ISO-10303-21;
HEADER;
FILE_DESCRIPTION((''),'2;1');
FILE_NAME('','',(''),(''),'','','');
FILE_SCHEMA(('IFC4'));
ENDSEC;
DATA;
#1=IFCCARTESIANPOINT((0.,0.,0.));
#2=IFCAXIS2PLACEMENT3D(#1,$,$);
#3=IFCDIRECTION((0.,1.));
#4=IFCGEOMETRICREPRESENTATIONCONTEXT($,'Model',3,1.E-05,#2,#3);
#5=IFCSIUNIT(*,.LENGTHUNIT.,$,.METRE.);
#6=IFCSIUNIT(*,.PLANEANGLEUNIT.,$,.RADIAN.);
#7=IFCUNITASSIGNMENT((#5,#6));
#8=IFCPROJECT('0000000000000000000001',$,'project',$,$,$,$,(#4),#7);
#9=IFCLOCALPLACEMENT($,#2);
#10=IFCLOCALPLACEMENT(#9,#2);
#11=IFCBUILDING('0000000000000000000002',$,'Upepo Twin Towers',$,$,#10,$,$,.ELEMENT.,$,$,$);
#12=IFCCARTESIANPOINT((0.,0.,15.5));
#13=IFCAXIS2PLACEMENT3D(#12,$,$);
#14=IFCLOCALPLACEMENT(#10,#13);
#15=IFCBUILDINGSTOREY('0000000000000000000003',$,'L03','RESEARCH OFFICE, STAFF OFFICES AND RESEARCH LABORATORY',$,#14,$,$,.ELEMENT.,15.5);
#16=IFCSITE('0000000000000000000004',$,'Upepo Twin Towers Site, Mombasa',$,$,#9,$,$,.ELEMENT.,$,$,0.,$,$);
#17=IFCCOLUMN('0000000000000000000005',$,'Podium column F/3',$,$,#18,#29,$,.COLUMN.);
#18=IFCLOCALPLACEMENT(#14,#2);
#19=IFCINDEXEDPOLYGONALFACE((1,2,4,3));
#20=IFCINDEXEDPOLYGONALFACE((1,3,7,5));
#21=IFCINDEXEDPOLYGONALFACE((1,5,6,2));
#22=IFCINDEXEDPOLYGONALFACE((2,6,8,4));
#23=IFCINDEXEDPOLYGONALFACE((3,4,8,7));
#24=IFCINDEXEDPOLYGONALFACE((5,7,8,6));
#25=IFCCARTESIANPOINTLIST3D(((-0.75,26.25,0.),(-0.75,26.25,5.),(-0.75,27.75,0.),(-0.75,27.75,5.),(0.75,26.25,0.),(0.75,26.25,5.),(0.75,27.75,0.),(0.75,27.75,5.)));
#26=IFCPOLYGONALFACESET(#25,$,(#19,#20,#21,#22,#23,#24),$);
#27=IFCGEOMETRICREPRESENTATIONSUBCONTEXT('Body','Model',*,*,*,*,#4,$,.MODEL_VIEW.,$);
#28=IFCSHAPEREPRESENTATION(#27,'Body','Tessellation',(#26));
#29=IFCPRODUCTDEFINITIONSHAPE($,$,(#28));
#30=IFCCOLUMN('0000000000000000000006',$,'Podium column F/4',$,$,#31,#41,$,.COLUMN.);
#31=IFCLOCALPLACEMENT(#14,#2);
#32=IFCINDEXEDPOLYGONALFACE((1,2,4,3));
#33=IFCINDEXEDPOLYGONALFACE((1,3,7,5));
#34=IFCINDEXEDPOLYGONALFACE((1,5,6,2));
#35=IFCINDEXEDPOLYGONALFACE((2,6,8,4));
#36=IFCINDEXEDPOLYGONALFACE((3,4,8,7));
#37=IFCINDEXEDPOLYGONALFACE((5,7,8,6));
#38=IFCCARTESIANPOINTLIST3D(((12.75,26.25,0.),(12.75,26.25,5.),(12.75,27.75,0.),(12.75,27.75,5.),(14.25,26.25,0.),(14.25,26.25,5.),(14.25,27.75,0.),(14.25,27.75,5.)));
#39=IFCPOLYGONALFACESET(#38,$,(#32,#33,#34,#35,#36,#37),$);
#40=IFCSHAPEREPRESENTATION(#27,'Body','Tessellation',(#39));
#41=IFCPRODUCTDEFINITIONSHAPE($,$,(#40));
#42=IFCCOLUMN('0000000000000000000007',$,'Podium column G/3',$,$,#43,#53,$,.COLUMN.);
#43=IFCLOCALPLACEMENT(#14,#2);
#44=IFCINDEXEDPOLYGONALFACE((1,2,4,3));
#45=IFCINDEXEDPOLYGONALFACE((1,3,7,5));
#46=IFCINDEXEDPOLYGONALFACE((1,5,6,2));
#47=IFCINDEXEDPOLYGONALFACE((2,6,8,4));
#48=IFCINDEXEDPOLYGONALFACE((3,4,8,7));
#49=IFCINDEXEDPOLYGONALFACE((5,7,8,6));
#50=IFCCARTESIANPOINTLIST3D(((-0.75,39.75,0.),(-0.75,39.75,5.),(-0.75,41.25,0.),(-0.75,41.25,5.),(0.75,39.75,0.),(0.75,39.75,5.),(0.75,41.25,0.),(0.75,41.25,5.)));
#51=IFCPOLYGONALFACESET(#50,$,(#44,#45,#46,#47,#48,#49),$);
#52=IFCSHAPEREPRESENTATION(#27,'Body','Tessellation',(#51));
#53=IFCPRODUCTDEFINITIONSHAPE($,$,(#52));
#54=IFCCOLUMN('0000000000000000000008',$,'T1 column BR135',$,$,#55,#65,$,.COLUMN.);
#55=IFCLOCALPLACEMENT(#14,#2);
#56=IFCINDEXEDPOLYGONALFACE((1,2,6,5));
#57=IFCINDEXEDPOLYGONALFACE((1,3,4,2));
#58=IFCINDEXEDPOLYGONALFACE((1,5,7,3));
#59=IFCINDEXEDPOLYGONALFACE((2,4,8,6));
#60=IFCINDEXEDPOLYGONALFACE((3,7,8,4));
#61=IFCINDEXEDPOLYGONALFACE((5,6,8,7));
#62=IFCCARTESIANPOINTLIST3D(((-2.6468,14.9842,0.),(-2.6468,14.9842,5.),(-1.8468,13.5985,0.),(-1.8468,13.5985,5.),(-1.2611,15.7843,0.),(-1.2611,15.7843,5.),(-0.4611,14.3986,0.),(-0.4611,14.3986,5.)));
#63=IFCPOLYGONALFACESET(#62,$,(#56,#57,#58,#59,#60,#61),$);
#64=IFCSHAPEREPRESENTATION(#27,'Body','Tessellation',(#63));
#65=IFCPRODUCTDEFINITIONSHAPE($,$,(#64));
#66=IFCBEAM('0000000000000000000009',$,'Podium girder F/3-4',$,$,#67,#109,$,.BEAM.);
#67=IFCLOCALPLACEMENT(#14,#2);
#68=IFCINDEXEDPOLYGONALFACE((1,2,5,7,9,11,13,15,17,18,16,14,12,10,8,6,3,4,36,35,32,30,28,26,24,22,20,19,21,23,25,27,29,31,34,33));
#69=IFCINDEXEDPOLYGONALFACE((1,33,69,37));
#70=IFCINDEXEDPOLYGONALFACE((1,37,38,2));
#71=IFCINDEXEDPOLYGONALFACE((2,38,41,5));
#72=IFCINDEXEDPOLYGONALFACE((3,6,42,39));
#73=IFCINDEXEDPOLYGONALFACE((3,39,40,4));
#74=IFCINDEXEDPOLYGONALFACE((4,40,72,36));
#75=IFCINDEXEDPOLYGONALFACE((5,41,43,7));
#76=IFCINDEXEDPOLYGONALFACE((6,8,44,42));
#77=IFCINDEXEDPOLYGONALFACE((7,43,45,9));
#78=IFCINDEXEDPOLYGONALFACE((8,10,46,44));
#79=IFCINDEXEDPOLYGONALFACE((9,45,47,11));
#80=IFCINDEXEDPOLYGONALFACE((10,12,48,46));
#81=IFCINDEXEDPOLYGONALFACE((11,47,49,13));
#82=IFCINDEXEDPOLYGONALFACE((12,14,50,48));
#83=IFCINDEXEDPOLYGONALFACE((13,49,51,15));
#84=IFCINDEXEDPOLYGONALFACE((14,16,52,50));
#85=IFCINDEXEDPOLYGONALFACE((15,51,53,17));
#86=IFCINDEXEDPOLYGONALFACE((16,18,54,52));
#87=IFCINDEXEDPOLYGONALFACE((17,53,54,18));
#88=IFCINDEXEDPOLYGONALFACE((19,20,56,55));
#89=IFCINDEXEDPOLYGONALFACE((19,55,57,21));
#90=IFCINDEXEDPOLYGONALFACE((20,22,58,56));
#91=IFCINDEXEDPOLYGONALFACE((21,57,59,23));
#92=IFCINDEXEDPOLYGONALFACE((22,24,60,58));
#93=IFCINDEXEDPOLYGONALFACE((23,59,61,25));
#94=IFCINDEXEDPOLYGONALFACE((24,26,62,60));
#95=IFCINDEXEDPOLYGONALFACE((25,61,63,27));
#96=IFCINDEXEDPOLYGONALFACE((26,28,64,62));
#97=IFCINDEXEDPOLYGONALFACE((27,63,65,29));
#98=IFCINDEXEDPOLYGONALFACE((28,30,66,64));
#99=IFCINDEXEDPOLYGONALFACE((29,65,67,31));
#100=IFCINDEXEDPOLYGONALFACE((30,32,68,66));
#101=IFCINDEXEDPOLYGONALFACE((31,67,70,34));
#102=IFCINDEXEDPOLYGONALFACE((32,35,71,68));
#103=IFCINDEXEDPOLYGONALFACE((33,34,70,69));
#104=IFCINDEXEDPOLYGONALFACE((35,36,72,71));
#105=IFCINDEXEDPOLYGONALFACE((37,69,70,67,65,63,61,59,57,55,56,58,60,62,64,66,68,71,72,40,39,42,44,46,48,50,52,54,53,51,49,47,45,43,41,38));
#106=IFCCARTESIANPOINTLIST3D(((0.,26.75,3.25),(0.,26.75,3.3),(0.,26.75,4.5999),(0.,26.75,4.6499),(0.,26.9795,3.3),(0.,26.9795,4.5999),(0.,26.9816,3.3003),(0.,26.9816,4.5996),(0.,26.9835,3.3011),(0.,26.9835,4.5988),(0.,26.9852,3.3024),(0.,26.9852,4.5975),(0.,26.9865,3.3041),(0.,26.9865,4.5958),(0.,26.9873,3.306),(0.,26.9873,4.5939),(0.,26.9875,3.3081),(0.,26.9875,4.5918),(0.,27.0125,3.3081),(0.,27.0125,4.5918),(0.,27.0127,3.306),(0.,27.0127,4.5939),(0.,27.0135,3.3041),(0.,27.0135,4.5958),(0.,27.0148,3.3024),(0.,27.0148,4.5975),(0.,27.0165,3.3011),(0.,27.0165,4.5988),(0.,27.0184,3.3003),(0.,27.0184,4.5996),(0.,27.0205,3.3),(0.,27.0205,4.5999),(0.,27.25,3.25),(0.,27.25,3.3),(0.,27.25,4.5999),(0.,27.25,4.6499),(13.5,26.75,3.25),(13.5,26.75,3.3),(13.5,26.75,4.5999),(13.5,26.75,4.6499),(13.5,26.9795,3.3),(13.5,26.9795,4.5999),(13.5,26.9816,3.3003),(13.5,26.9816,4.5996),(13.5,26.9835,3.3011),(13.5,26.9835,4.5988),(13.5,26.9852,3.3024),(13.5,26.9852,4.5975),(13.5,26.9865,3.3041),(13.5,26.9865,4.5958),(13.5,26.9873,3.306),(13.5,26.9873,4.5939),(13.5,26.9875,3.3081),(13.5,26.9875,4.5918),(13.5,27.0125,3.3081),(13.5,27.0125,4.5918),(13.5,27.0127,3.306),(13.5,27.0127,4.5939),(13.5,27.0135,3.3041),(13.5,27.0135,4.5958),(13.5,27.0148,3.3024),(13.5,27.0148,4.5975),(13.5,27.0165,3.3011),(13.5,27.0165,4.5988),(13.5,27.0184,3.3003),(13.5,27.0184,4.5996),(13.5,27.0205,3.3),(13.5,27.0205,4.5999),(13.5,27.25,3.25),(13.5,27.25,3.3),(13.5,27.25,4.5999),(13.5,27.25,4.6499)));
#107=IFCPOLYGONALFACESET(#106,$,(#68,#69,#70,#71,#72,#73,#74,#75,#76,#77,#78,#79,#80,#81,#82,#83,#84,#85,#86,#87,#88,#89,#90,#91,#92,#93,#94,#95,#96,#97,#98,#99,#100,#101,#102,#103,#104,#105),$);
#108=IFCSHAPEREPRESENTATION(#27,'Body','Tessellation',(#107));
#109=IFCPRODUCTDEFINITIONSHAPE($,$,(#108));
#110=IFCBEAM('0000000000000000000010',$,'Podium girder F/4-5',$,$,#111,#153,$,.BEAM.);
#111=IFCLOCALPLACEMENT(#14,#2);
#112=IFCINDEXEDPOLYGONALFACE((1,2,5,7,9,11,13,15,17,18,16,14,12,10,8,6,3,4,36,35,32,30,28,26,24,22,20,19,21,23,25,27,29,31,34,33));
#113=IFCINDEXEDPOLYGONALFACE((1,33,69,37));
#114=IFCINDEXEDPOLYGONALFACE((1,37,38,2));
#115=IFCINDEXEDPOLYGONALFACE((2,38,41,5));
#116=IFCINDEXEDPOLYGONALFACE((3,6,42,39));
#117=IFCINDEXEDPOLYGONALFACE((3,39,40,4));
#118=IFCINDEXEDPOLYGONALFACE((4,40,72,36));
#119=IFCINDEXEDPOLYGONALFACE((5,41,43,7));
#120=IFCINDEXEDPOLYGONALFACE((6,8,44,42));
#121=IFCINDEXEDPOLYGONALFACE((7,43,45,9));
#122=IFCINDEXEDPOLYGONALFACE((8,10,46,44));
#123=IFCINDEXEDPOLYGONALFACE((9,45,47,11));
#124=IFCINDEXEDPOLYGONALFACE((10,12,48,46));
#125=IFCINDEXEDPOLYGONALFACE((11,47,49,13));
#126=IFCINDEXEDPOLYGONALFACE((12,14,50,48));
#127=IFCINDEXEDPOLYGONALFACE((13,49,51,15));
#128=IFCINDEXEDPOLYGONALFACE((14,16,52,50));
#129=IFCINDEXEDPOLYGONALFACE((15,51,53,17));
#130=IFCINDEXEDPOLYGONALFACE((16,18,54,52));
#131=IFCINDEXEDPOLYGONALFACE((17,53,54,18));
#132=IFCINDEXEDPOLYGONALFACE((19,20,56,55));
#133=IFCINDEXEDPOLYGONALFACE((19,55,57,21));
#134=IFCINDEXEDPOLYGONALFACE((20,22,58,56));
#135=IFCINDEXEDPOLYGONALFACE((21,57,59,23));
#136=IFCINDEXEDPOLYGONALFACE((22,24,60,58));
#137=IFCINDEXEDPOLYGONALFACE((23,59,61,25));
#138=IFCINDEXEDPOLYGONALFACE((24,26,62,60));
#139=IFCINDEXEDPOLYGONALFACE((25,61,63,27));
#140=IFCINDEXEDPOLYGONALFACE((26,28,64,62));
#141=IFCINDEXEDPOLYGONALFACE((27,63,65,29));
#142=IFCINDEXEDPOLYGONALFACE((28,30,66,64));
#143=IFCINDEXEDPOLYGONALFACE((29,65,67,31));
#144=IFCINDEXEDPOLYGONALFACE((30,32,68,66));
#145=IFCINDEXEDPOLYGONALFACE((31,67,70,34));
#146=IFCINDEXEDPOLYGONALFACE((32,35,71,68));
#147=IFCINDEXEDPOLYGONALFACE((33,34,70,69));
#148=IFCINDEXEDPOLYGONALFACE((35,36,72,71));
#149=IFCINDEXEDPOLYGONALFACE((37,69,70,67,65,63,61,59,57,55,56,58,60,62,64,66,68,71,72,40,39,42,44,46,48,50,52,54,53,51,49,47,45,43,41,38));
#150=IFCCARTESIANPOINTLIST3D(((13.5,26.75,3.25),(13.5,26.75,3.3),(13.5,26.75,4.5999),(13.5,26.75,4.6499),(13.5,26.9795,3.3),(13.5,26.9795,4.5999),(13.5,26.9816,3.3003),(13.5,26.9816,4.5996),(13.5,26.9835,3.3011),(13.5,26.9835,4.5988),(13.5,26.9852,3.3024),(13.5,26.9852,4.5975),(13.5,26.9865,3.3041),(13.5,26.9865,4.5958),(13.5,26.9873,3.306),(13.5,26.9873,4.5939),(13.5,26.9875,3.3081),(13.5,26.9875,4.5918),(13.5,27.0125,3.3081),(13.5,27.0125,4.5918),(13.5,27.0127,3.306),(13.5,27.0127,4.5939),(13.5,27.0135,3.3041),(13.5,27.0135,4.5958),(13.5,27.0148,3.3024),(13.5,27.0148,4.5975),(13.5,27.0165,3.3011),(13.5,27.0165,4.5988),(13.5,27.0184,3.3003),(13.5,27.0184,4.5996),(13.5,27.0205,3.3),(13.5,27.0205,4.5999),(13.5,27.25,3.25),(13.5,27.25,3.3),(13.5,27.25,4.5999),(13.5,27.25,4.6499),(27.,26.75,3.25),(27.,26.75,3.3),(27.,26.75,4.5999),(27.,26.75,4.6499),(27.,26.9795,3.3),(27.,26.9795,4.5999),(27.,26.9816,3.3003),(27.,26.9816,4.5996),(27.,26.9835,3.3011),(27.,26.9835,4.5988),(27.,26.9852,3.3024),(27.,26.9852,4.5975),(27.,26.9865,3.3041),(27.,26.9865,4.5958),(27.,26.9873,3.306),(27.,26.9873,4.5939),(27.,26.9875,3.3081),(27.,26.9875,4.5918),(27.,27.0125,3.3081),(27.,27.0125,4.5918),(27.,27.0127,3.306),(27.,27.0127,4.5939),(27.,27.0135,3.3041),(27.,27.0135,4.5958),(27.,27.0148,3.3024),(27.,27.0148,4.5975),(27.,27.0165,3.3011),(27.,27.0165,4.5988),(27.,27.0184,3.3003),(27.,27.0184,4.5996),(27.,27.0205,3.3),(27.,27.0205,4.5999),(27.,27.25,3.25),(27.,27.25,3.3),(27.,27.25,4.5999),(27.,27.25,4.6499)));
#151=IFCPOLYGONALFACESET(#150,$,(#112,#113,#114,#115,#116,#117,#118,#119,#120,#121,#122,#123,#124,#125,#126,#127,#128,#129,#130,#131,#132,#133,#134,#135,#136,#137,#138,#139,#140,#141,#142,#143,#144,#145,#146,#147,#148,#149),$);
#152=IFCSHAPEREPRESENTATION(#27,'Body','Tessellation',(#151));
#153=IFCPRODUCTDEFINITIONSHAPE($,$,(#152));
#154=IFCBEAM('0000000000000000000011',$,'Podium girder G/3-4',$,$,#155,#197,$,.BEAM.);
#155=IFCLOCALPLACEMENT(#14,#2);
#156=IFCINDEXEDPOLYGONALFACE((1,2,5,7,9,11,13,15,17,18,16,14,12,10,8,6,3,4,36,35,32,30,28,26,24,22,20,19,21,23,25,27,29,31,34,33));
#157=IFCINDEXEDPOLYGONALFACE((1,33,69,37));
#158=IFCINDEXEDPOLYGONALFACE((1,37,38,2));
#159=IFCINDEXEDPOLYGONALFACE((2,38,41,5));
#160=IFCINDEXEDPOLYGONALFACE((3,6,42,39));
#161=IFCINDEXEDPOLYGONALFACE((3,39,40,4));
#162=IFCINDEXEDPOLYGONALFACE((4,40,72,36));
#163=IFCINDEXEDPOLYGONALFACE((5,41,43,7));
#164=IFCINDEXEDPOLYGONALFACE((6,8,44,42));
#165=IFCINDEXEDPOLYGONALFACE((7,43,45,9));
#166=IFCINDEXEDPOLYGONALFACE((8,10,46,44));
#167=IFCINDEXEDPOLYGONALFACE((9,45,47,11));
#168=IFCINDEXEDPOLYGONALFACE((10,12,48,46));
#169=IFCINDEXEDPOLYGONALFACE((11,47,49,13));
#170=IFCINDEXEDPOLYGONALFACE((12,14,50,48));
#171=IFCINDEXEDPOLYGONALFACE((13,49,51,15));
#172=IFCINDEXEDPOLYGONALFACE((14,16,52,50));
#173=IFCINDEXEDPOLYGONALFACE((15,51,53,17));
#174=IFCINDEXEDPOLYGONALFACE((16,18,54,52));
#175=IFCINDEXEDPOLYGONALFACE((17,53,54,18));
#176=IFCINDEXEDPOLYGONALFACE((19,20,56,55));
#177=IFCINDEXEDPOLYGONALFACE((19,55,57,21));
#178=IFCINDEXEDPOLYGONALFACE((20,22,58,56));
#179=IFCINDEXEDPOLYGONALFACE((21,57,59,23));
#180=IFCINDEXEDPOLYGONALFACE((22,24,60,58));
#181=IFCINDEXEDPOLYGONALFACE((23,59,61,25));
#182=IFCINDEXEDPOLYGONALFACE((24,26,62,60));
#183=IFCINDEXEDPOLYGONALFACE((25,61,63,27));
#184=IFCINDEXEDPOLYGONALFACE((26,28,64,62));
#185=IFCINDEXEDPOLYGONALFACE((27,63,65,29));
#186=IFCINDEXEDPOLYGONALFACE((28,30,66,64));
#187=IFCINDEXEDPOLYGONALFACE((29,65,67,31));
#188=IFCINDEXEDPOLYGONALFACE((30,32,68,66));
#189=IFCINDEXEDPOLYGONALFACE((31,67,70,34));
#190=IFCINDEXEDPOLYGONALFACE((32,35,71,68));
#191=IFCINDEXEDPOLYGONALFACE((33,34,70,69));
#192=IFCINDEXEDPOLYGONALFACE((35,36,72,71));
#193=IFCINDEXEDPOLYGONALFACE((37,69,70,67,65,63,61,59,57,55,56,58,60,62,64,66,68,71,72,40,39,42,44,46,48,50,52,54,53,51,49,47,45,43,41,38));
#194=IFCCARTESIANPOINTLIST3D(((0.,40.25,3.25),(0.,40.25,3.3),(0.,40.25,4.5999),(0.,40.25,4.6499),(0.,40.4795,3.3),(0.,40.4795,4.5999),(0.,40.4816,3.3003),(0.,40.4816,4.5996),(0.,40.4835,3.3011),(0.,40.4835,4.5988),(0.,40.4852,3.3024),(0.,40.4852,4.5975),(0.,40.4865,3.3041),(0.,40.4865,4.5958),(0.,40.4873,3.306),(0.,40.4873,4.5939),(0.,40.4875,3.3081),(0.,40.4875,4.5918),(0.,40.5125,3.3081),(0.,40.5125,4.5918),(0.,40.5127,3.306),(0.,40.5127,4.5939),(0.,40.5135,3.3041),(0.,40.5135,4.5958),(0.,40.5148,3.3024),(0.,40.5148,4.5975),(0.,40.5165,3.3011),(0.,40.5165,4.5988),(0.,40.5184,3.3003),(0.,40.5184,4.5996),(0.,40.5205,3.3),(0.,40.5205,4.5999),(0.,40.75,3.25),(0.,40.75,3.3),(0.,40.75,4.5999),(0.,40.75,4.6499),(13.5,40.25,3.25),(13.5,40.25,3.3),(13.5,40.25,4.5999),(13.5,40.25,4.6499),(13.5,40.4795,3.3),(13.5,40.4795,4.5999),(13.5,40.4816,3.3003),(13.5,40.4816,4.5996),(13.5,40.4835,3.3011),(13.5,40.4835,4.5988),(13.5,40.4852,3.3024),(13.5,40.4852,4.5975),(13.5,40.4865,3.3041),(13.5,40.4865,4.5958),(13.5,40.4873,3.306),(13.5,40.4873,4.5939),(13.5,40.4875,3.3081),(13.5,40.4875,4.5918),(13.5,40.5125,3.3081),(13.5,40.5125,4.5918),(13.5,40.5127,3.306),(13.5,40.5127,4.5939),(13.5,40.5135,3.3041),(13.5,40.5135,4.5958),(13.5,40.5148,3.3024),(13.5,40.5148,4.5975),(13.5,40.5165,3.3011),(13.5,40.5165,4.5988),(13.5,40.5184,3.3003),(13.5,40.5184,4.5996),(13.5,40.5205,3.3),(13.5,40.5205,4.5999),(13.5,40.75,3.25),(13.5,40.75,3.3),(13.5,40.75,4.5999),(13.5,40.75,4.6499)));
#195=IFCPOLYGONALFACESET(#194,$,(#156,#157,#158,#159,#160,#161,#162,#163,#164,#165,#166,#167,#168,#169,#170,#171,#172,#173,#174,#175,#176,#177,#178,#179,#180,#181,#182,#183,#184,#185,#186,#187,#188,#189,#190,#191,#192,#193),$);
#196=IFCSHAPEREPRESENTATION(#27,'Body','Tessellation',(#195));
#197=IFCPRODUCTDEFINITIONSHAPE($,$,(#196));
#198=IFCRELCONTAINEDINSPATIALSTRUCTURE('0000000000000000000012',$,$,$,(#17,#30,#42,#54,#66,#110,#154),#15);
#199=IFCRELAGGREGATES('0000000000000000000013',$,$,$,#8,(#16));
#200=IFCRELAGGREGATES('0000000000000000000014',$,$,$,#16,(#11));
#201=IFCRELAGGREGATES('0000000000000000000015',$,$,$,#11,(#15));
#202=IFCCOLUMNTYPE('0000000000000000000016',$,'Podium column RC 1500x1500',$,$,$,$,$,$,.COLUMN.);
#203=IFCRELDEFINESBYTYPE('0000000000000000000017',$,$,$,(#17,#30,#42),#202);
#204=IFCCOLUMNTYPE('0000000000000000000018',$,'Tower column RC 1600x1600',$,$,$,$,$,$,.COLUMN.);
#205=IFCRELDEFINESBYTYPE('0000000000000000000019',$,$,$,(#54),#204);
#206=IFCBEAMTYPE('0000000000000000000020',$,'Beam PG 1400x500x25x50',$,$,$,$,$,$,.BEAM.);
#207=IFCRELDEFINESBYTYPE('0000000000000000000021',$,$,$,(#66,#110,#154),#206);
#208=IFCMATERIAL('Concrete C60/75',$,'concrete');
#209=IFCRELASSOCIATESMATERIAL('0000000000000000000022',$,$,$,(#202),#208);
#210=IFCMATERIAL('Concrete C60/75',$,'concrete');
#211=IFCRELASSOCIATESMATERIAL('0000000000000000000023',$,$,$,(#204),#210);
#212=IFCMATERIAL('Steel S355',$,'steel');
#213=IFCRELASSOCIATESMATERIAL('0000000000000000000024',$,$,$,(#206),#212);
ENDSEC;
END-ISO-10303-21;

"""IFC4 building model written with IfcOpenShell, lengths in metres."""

from ifc_helpers import new_model, si_unit, direction, frame, origin, origin_2d, place, context, subcontext, project, spatial, rectangle, i_section, extrude, material, material_profile, profile_set, type_object, element, save


model = new_model("IFC4")

# Units and contexts
model_context = context("Model", 3, precision=1e-05, world=origin(), true_north=direction((0.0, 1.0)))
body_context = subcontext(model_context, "Body", "Model", "MODEL_VIEW")
ifc_project = project(units=[si_unit("LENGTHUNIT", "METRE"), si_unit("PLANEANGLEUNIT", "RADIAN")], contexts=[model_context])

# Site, building, storey
site_placement = place(None, origin())
site = spatial("IfcSite", under=ifc_project, at=site_placement, Name="Upepo Twin Towers Site, Mombasa", CompositionType="ELEMENT", RefElevation=0.0)
building_placement = place(site_placement, origin())
building = spatial("IfcBuilding", under=site, at=building_placement, Name="Upepo Twin Towers", CompositionType="ELEMENT")
storey_placement = place(building_placement, frame((0.0, 0.0, 15.5)))
storey = spatial("IfcBuildingStorey", under=building, at=storey_placement, Name="L03", Description="RESEARCH OFFICE, STAFF OFFICES AND RESEARCH LABORATORY", CompositionType="ELEMENT", Elevation=15.5)

# Columns
ifc_material_1 = material(Name="Concrete C60/75", Category="concrete")
ifc_material_profile_1 = material_profile(ifc_material_1, rectangle(XDim=1.5, YDim=1.5, at=origin_2d()), Name="RC 1500x1500")
ifc_profile_set_1 = profile_set([ifc_material_profile_1], Name="Concrete C60/75")
column_type_1 = type_object("IfcColumnType", Name="Podium column RC 1500x1500", PredefinedType="COLUMN", material=ifc_profile_set_1)
for number, where, z_axis, x_axis, name in (
    (1, (0.0, 27.0, 0.0), (0.0, 0.0, 1.0), (1.0, 0.0, 0.0), "Podium column F/3"),
    (2, (13.5, 27.0, 0.0), (0.0, 0.0, 1.0), (1.0, 0.0, 0.0), "Podium column F/4"),
    (3, (0.0, 40.5, 0.0), (0.0, 0.0, 1.0), (1.0, 0.0, 0.0), "Podium column G/3"),
):
    element("IfcColumn", number, at=place(storey_placement, frame(where, z_axis=z_axis, x_axis=x_axis)), inside=storey, type_object=column_type_1, Name=name, PredefinedType="COLUMN", context=body_context, shape_type="SweptSolid", body=[
        extrude(rectangle(XDim=1.5, YDim=1.5, at=origin_2d()), origin(), (0.0, 0.0, 1.0), 5.0),
    ])
ifc_material_2 = material(Name="Concrete C60/75", Category="concrete")
ifc_material_profile_2 = material_profile(ifc_material_2, rectangle(XDim=1.6001, YDim=1.6001, at=origin_2d()), Name="RC 1600x1600")
ifc_profile_set_2 = profile_set([ifc_material_profile_2], Name="Concrete C60/75")
column_type_2 = type_object("IfcColumnType", Name="Tower column RC 1600x1600", PredefinedType="COLUMN", material=ifc_profile_set_2)
column_placement = place(storey_placement, frame((-1.554, 14.6914, 0.0), z_axis=(0.0, 0.0, 1.0), x_axis=(0.866025, 0.5, 0.0)))
element("IfcColumn", 4, at=column_placement, inside=storey, type_object=column_type_2, Name="T1 column BR135", PredefinedType="COLUMN", context=body_context, shape_type="SweptSolid", body=[
    extrude(rectangle(XDim=1.6001, YDim=1.6001, at=origin_2d()), origin(), (0.0, 0.0, 1.0), 5.0),
])

# Beams
ifc_material_3 = material(Name="Steel S355", Category="steel")
ifc_material_profile_3 = material_profile(ifc_material_3, i_section(OverallWidth=0.5, OverallDepth=1.3999, WebThickness=0.0249, FlangeThickness=0.05, FilletRadius=0.0081, at=origin_2d()), Name="PG 1400x500x25x50")
ifc_profile_set_3 = profile_set([ifc_material_profile_3], Name="Steel S355")
beam_type_1 = type_object("IfcBeamType", Name="Beam PG 1400x500x25x50", PredefinedType="BEAM", material=ifc_profile_set_3)
for number, where, z_axis, x_axis, name in (
    (5, (0.0, 27.0, 3.95), (1.0, 0.0, 0.0), (0.0, 1.0, 0.0), "Podium girder F/3-4"),
    (6, (13.5, 27.0, 3.95), (1.0, 0.0, 0.0), (0.0, 1.0, 0.0), "Podium girder F/4-5"),
    (7, (0.0, 40.5, 3.95), (1.0, 0.0, 0.0), (0.0, 1.0, 0.0), "Podium girder G/3-4"),
):
    element("IfcBeam", number, at=place(storey_placement, frame(where, z_axis=z_axis, x_axis=x_axis)), inside=storey, type_object=beam_type_1, Name=name, PredefinedType="BEAM", context=body_context, shape_type="SweptSolid", body=[
        extrude(i_section(OverallWidth=0.5, OverallDepth=1.3999, WebThickness=0.0249, FlangeThickness=0.05, FilletRadius=0.0081, at=origin_2d()), origin(), (0.0, 0.0, 1.0), 13.5),
    ])

save(model, "model.ifc")
